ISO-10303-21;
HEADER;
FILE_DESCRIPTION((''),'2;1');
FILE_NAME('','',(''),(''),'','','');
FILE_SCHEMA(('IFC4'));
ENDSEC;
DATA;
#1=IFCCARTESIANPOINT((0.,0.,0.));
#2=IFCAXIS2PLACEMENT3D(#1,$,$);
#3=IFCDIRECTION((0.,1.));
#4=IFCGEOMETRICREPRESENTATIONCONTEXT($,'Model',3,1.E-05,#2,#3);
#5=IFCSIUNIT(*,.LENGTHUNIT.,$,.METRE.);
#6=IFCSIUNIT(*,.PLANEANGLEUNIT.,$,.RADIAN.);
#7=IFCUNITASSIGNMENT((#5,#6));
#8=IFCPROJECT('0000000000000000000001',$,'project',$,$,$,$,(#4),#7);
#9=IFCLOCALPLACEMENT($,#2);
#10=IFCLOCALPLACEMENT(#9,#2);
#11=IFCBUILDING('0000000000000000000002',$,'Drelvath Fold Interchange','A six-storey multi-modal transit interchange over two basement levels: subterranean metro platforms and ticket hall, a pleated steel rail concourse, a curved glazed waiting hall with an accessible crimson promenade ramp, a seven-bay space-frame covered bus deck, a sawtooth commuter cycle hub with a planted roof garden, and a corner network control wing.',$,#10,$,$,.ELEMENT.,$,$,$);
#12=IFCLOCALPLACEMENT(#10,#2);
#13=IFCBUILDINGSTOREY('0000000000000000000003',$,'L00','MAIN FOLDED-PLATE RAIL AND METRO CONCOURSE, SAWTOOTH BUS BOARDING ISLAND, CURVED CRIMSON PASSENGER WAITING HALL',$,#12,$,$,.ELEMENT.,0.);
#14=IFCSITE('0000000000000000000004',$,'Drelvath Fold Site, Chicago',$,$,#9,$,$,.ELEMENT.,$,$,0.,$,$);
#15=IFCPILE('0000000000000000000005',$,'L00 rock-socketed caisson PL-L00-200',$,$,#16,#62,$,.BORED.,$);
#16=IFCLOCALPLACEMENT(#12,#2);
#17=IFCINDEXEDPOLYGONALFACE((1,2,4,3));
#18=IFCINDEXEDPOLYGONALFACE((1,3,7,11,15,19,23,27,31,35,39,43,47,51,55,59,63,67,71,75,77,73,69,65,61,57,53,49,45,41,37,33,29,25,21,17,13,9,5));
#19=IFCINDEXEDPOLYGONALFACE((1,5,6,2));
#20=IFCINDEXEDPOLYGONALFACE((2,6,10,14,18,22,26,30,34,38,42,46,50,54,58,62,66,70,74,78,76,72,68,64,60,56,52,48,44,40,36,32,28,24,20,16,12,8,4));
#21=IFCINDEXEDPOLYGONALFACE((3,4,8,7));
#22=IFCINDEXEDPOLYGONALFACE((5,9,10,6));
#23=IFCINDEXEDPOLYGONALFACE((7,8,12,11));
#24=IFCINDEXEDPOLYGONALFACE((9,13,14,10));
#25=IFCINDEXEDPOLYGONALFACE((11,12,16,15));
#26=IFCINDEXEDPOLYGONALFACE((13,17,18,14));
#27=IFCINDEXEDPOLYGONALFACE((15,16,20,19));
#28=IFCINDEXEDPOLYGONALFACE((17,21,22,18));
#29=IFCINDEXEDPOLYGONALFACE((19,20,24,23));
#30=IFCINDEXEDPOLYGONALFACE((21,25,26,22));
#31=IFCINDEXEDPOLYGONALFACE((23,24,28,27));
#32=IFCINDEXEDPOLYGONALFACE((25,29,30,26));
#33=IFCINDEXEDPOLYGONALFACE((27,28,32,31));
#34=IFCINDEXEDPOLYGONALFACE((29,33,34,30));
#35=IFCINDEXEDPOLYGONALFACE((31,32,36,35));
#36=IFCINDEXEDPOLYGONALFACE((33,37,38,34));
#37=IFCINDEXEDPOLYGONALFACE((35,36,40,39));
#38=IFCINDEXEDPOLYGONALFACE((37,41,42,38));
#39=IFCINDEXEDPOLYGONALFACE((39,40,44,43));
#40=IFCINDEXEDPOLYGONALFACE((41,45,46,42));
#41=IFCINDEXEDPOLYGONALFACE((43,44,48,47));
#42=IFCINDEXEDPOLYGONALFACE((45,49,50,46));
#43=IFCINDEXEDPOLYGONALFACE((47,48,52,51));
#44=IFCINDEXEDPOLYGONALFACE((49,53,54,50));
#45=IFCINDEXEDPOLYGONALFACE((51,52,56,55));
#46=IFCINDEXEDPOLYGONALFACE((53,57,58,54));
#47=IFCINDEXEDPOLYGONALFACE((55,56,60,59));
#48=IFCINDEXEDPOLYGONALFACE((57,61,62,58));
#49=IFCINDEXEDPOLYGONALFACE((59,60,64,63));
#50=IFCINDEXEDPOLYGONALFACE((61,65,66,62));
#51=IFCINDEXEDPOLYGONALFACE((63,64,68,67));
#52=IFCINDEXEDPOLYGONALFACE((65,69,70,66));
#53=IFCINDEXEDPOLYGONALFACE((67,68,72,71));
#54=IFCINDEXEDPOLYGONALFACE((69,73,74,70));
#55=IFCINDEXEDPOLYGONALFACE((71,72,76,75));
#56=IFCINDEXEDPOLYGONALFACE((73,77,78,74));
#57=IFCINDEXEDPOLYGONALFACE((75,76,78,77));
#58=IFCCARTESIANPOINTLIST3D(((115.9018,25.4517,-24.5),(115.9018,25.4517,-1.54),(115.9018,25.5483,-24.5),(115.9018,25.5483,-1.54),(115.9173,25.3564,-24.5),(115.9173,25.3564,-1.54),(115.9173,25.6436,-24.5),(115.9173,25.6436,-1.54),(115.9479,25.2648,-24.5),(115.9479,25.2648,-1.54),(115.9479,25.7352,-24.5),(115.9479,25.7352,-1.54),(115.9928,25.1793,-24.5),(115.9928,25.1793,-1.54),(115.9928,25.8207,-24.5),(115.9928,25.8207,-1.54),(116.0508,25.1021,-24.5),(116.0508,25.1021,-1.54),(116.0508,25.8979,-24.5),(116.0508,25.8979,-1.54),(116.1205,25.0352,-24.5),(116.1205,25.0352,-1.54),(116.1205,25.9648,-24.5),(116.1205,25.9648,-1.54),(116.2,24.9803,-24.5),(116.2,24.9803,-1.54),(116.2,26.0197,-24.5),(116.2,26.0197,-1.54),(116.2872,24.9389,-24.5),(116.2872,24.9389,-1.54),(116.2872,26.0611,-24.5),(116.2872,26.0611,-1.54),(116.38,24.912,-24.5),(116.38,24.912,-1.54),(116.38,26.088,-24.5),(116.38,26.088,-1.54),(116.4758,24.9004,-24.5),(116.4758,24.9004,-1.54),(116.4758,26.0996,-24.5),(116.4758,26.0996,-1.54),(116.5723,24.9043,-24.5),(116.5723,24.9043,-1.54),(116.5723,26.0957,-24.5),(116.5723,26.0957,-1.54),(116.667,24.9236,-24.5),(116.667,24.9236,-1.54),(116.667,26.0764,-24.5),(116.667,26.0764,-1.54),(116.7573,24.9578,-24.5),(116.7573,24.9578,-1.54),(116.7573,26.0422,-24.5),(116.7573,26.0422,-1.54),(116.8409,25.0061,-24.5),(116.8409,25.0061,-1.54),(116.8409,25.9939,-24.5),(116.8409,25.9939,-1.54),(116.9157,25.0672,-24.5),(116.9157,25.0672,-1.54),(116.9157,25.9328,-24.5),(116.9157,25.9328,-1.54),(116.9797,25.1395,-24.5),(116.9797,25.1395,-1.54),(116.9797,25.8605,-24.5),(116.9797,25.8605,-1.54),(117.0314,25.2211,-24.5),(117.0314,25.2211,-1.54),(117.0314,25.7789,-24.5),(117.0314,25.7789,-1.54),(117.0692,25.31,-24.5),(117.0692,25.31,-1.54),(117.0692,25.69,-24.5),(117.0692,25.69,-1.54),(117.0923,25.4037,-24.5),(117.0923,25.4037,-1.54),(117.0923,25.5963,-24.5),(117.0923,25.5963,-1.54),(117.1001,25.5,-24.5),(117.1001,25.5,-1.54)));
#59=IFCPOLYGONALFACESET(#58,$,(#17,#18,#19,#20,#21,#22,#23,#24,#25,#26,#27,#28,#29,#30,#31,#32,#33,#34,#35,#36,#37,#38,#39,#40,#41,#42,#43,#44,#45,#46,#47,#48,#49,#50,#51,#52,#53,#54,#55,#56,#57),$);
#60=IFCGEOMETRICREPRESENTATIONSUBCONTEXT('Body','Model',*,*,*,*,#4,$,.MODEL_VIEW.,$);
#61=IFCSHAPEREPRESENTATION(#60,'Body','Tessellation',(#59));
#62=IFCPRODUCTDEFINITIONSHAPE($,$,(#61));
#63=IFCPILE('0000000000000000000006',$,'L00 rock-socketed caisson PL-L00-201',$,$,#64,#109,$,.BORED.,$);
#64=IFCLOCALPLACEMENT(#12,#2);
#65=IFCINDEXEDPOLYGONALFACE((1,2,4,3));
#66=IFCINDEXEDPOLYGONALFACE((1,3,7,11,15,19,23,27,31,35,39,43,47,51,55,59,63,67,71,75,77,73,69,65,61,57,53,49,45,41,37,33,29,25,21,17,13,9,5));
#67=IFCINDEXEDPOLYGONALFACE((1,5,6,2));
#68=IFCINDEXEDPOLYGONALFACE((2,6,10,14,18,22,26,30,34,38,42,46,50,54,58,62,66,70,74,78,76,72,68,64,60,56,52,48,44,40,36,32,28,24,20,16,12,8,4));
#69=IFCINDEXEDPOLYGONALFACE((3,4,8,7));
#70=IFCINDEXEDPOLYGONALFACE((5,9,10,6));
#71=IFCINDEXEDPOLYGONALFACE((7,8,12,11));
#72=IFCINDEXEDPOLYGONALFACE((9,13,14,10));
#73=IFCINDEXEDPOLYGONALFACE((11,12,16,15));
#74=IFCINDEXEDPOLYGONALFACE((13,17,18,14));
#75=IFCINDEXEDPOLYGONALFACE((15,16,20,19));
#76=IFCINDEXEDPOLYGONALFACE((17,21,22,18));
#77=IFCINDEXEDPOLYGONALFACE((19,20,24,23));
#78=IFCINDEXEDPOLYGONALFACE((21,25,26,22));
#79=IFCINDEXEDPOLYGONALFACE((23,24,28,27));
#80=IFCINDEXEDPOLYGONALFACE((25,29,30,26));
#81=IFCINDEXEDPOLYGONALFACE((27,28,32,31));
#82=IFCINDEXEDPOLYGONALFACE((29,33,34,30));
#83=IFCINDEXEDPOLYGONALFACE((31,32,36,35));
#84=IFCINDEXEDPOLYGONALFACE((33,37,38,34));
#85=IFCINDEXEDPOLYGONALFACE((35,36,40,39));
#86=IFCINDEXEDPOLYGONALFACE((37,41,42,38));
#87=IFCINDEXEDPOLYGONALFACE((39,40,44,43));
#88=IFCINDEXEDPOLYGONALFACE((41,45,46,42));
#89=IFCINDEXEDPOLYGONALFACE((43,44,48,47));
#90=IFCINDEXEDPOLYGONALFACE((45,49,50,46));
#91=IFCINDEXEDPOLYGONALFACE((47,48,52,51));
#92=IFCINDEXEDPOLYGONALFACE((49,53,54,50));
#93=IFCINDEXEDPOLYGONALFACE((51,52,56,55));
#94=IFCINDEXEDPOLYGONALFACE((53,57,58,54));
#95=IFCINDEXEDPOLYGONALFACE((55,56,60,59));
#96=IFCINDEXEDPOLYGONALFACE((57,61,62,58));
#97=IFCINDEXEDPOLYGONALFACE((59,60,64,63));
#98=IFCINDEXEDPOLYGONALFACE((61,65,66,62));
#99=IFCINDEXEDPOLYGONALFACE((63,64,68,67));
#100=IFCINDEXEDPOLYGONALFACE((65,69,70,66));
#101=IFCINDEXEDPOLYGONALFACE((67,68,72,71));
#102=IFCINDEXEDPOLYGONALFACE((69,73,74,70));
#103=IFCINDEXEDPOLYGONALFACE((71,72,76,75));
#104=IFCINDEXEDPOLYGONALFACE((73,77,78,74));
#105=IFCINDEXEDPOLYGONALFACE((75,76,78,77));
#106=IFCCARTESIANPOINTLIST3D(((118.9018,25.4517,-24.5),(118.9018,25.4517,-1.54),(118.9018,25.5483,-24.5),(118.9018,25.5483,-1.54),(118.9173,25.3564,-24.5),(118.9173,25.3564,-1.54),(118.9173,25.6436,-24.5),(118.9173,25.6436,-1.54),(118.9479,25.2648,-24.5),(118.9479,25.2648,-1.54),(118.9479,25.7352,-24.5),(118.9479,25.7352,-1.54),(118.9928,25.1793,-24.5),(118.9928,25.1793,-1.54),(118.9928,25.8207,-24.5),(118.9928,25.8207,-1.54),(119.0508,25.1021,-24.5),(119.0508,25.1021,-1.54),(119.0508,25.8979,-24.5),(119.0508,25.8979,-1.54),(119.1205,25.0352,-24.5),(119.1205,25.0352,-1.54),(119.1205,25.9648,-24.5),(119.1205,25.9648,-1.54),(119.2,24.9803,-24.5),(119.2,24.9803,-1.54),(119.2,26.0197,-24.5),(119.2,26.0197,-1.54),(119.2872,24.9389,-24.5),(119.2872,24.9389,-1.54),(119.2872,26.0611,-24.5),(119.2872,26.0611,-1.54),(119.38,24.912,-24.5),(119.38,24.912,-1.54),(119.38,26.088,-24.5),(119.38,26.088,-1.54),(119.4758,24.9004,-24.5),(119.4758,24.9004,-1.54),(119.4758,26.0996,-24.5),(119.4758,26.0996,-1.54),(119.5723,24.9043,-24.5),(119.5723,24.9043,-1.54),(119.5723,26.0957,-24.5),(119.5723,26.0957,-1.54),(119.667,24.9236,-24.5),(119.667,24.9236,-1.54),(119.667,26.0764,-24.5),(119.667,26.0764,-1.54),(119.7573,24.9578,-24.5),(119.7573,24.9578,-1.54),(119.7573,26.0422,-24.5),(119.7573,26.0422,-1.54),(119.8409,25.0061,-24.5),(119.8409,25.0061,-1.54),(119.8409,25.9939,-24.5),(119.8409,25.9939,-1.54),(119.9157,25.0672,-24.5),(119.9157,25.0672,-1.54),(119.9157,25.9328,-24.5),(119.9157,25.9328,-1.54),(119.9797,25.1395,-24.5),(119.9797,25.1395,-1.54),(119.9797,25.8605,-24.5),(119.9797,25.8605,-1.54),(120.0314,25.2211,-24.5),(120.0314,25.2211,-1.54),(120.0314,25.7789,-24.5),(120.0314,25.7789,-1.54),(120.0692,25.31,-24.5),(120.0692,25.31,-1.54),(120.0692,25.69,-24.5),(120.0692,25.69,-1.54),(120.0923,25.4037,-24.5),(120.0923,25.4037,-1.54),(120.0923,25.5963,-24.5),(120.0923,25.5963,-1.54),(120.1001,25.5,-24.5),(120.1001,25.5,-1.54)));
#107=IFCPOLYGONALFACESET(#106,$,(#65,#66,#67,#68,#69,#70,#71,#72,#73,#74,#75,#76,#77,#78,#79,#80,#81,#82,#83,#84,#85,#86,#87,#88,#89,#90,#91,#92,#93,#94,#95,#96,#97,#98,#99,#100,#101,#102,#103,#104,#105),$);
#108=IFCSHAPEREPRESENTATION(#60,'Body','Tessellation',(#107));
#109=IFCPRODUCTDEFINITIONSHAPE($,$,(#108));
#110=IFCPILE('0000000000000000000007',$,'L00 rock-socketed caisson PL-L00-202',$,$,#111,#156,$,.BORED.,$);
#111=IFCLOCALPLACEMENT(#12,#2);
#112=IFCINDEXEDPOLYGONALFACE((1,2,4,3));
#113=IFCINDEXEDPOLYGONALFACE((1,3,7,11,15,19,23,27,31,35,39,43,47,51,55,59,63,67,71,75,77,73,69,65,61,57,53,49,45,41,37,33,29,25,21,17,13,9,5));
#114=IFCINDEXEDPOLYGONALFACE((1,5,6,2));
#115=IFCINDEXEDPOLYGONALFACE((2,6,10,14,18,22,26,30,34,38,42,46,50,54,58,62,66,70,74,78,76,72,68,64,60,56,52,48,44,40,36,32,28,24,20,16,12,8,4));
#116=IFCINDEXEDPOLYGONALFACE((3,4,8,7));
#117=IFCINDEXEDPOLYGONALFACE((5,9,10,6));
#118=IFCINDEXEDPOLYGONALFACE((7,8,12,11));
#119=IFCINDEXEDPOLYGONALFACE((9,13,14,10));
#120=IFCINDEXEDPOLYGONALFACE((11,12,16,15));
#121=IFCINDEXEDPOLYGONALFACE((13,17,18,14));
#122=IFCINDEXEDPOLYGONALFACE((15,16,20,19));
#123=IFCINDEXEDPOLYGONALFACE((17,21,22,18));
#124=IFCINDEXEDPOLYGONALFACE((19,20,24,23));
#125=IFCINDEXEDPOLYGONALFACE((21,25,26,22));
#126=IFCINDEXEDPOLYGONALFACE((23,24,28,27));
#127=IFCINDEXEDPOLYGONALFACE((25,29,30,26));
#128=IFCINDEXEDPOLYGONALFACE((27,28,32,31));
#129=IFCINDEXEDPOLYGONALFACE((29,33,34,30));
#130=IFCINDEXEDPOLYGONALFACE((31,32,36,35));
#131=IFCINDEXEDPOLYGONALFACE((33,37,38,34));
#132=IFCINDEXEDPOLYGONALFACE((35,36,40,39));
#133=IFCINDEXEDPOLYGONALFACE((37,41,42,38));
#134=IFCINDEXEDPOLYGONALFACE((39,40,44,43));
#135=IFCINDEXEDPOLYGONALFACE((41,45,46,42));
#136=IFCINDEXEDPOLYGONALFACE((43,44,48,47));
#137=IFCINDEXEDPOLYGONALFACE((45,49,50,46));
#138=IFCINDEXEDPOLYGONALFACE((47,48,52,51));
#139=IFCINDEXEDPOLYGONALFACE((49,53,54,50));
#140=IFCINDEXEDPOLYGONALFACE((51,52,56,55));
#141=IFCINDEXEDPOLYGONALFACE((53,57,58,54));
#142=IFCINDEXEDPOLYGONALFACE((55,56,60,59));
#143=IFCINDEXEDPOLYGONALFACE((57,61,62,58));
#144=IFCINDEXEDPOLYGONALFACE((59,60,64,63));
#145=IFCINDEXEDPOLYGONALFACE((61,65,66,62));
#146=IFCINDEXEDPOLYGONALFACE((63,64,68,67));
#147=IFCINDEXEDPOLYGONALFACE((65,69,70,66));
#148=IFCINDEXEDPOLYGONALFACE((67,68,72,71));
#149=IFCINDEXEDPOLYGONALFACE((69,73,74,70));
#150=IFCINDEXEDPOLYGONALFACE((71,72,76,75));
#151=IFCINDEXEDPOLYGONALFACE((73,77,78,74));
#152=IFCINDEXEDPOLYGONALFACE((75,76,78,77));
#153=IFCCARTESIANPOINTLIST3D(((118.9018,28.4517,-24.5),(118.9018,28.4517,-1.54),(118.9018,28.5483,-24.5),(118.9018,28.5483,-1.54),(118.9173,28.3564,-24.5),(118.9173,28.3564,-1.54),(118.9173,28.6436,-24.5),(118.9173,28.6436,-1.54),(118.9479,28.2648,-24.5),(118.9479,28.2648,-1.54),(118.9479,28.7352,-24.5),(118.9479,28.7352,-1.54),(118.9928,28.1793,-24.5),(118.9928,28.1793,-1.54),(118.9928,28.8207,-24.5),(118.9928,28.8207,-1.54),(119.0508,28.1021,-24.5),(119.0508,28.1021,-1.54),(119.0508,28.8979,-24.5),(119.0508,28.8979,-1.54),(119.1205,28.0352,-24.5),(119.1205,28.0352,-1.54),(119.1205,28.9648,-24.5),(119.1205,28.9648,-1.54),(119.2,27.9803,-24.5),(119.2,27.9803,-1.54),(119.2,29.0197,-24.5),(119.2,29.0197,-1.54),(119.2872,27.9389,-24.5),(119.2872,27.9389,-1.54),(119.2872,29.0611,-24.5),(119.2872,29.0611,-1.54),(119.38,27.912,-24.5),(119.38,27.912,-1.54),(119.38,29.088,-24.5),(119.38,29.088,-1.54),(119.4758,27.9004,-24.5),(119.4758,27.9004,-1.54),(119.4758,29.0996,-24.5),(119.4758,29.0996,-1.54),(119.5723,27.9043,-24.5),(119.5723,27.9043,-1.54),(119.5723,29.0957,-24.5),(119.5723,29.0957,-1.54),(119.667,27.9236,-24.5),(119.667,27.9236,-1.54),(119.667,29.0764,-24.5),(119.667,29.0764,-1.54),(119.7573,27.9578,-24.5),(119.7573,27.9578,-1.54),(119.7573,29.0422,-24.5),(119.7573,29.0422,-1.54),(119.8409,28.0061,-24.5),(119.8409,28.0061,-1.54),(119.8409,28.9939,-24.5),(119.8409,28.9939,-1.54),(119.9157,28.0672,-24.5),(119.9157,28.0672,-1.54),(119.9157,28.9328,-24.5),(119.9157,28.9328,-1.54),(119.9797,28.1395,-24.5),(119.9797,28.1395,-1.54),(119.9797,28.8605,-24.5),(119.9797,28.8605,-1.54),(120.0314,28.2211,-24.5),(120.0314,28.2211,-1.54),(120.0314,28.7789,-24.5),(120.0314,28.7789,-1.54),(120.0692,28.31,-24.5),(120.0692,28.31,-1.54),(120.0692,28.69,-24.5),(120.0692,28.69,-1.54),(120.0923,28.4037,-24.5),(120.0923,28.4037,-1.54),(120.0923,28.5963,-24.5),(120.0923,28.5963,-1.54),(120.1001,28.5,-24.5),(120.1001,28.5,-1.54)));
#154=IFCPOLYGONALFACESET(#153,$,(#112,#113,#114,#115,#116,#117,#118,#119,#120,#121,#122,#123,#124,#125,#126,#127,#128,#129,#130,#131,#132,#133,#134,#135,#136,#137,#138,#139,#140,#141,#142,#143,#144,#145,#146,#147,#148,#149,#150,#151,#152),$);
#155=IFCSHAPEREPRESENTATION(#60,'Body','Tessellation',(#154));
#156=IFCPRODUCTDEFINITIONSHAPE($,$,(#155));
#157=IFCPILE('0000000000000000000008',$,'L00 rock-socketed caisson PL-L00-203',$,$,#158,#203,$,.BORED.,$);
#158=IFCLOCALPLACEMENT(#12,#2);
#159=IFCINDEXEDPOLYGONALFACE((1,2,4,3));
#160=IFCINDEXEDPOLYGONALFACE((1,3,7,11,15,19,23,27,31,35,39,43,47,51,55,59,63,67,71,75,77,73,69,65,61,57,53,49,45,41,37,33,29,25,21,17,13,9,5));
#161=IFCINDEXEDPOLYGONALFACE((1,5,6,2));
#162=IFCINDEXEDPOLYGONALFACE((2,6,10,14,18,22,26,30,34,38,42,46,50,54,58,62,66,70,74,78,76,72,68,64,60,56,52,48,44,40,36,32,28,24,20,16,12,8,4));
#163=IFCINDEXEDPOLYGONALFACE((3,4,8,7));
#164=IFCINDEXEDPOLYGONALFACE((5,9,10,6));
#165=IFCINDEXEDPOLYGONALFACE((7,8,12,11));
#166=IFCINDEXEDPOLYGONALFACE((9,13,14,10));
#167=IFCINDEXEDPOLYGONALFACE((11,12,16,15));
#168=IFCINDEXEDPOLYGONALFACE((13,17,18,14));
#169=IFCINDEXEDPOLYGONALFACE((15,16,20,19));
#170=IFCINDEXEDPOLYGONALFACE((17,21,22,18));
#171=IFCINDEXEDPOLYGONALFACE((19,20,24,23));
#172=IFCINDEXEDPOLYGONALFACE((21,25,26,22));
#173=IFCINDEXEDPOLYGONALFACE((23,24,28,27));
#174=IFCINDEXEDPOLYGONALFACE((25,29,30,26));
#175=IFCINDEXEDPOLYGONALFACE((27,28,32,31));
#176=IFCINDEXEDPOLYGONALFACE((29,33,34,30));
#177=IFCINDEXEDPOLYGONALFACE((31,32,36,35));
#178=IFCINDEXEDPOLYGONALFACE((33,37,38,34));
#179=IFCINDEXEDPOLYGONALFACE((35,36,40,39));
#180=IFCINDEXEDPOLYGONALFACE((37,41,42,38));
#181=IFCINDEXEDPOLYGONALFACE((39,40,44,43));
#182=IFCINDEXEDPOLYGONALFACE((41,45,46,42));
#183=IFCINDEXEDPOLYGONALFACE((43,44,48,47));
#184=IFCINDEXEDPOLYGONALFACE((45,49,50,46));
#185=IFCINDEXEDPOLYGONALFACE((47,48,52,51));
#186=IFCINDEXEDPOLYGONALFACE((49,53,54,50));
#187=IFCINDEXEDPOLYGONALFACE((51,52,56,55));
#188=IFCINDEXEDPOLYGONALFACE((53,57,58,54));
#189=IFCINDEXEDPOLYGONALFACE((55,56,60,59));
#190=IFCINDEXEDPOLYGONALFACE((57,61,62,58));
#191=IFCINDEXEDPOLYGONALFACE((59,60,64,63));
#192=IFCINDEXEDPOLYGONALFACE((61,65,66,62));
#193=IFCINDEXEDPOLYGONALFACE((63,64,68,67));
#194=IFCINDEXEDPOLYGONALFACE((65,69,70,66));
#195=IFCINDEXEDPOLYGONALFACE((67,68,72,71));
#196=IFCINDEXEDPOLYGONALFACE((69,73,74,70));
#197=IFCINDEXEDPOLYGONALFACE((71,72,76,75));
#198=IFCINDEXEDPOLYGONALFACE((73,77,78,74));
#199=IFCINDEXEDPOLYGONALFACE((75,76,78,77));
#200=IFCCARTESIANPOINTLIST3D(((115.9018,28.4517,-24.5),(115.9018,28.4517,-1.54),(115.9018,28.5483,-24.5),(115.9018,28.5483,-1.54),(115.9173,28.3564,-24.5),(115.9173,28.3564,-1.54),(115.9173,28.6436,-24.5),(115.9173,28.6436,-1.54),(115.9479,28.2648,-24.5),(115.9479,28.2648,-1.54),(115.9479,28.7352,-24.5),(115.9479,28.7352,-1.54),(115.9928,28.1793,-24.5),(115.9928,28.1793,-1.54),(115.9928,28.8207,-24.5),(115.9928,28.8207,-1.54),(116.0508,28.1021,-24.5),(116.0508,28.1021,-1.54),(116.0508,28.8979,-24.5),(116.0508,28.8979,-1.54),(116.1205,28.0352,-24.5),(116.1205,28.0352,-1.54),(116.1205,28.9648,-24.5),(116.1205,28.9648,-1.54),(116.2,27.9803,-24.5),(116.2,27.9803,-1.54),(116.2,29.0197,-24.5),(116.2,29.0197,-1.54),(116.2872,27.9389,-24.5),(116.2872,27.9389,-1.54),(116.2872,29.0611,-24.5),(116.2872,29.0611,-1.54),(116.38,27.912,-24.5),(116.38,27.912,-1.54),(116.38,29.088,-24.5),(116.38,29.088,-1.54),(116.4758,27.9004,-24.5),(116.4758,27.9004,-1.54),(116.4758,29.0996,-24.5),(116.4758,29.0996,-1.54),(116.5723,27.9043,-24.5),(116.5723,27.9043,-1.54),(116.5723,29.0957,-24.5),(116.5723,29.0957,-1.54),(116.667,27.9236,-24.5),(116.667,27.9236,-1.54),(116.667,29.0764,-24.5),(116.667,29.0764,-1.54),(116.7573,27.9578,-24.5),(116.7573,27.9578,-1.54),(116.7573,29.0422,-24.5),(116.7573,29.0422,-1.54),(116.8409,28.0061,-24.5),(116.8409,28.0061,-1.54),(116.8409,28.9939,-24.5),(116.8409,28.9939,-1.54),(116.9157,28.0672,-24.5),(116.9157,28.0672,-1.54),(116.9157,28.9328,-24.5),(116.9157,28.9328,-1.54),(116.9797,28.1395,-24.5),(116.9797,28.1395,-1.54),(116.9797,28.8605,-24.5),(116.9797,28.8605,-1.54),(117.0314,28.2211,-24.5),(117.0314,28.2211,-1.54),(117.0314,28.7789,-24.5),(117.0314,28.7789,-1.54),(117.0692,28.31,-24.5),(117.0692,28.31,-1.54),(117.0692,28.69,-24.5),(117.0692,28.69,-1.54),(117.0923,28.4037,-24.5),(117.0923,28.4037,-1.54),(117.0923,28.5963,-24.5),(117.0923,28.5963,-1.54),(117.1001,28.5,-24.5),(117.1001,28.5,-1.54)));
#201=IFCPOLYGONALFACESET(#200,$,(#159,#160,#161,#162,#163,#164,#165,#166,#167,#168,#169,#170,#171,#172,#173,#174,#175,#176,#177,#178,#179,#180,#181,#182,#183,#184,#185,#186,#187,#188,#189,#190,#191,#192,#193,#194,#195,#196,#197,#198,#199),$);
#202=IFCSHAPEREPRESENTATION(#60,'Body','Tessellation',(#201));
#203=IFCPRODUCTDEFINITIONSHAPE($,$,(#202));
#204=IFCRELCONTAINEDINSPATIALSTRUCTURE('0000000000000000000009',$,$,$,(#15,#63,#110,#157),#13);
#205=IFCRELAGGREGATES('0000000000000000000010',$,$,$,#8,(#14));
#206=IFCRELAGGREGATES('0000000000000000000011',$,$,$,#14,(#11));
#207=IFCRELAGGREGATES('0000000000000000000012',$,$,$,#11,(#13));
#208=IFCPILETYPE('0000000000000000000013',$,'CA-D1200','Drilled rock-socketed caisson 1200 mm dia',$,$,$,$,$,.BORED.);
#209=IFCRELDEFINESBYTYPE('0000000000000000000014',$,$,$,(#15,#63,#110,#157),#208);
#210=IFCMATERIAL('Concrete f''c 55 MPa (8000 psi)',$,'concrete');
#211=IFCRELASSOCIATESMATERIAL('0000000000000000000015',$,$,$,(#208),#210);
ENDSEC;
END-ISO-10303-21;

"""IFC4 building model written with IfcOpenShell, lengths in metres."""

from ifc_helpers import new_model, si_unit, direction, frame, origin, origin_2d, place, context, subcontext, project, spatial, circle, extrude, material, material_profile, profile_set, type_object, element, save


model = new_model("IFC4")

# Units and contexts
model_context = context("Model", 3, precision=1e-05, world=origin(), true_north=direction((0.0, 1.0)))
body_context = subcontext(model_context, "Body", "Model", "MODEL_VIEW")
ifc_project = project(units=[si_unit("LENGTHUNIT", "METRE"), si_unit("PLANEANGLEUNIT", "RADIAN")], contexts=[model_context])

# Site, building, storey
site_placement = place(None, origin())
site = spatial("IfcSite", under=ifc_project, at=site_placement, Name="Drelvath Fold Site, Chicago", CompositionType="ELEMENT", RefElevation=0.0)
building_placement = place(site_placement, origin())
building = spatial("IfcBuilding", under=site, at=building_placement, Name="Drelvath Fold Interchange", Description="A six-storey multi-modal transit interchange over two basement levels: subterranean metro platforms and ticket hall, a pleated steel rail concourse, a curved glazed waiting hall with an accessible crimson promenade ramp, a seven-bay space-frame covered bus deck, a sawtooth commuter cycle hub with a planted roof garden, and a corner network control wing.", CompositionType="ELEMENT")
storey_placement = place(building_placement, origin())
storey = spatial("IfcBuildingStorey", under=building, at=storey_placement, Name="L00", Description="MAIN FOLDED-PLATE RAIL AND METRO CONCOURSE, SAWTOOTH BUS BOARDING ISLAND, CURVED CRIMSON PASSENGER WAITING HALL", CompositionType="ELEMENT", Elevation=0.0)

# Piles
ifc_material_1 = material(Name="Concrete f'c 55 MPa (8000 psi)", Category="concrete")
ifc_material_profile_1 = material_profile(ifc_material_1, circle(Radius=0.6001, at=origin_2d()), Name="CAISSON D1200")
ifc_profile_set_1 = profile_set([ifc_material_profile_1], Name="Concrete f'c 55 MPa (8000 psi)")
pile_type_1 = type_object("IfcPileType", Name="CA-D1200", Description="Drilled rock-socketed caisson 1200 mm dia", PredefinedType="BORED", material=ifc_profile_set_1)
for number, where, z_axis, x_axis, name in (
    (1, (116.5, 25.5, -1.54), (0.0, 0.0, -1.0), (1.0, 0.0, 0.0), "L00 rock-socketed caisson PL-L00-200"),
    (2, (119.5, 25.5, -1.54), (0.0, 0.0, -1.0), (1.0, 0.0, 0.0), "L00 rock-socketed caisson PL-L00-201"),
    (3, (119.5, 28.5, -1.54), (0.0, 0.0, -1.0), (1.0, 0.0, 0.0), "L00 rock-socketed caisson PL-L00-202"),
    (4, (116.5, 28.5, -1.54), (0.0, 0.0, -1.0), (1.0, 0.0, 0.0), "L00 rock-socketed caisson PL-L00-203"),
):
    element("IfcPile", number, at=place(storey_placement, frame(where, z_axis=z_axis, x_axis=x_axis)), inside=storey, type_object=pile_type_1, Name=name, PredefinedType="BORED", context=body_context, shape_type="SweptSolid", body=[
        extrude(circle(Radius=0.6001, at=origin_2d()), origin(), (0.0, 0.0, 1.0), 22.96),
    ])

save(model, "model.ifc")
